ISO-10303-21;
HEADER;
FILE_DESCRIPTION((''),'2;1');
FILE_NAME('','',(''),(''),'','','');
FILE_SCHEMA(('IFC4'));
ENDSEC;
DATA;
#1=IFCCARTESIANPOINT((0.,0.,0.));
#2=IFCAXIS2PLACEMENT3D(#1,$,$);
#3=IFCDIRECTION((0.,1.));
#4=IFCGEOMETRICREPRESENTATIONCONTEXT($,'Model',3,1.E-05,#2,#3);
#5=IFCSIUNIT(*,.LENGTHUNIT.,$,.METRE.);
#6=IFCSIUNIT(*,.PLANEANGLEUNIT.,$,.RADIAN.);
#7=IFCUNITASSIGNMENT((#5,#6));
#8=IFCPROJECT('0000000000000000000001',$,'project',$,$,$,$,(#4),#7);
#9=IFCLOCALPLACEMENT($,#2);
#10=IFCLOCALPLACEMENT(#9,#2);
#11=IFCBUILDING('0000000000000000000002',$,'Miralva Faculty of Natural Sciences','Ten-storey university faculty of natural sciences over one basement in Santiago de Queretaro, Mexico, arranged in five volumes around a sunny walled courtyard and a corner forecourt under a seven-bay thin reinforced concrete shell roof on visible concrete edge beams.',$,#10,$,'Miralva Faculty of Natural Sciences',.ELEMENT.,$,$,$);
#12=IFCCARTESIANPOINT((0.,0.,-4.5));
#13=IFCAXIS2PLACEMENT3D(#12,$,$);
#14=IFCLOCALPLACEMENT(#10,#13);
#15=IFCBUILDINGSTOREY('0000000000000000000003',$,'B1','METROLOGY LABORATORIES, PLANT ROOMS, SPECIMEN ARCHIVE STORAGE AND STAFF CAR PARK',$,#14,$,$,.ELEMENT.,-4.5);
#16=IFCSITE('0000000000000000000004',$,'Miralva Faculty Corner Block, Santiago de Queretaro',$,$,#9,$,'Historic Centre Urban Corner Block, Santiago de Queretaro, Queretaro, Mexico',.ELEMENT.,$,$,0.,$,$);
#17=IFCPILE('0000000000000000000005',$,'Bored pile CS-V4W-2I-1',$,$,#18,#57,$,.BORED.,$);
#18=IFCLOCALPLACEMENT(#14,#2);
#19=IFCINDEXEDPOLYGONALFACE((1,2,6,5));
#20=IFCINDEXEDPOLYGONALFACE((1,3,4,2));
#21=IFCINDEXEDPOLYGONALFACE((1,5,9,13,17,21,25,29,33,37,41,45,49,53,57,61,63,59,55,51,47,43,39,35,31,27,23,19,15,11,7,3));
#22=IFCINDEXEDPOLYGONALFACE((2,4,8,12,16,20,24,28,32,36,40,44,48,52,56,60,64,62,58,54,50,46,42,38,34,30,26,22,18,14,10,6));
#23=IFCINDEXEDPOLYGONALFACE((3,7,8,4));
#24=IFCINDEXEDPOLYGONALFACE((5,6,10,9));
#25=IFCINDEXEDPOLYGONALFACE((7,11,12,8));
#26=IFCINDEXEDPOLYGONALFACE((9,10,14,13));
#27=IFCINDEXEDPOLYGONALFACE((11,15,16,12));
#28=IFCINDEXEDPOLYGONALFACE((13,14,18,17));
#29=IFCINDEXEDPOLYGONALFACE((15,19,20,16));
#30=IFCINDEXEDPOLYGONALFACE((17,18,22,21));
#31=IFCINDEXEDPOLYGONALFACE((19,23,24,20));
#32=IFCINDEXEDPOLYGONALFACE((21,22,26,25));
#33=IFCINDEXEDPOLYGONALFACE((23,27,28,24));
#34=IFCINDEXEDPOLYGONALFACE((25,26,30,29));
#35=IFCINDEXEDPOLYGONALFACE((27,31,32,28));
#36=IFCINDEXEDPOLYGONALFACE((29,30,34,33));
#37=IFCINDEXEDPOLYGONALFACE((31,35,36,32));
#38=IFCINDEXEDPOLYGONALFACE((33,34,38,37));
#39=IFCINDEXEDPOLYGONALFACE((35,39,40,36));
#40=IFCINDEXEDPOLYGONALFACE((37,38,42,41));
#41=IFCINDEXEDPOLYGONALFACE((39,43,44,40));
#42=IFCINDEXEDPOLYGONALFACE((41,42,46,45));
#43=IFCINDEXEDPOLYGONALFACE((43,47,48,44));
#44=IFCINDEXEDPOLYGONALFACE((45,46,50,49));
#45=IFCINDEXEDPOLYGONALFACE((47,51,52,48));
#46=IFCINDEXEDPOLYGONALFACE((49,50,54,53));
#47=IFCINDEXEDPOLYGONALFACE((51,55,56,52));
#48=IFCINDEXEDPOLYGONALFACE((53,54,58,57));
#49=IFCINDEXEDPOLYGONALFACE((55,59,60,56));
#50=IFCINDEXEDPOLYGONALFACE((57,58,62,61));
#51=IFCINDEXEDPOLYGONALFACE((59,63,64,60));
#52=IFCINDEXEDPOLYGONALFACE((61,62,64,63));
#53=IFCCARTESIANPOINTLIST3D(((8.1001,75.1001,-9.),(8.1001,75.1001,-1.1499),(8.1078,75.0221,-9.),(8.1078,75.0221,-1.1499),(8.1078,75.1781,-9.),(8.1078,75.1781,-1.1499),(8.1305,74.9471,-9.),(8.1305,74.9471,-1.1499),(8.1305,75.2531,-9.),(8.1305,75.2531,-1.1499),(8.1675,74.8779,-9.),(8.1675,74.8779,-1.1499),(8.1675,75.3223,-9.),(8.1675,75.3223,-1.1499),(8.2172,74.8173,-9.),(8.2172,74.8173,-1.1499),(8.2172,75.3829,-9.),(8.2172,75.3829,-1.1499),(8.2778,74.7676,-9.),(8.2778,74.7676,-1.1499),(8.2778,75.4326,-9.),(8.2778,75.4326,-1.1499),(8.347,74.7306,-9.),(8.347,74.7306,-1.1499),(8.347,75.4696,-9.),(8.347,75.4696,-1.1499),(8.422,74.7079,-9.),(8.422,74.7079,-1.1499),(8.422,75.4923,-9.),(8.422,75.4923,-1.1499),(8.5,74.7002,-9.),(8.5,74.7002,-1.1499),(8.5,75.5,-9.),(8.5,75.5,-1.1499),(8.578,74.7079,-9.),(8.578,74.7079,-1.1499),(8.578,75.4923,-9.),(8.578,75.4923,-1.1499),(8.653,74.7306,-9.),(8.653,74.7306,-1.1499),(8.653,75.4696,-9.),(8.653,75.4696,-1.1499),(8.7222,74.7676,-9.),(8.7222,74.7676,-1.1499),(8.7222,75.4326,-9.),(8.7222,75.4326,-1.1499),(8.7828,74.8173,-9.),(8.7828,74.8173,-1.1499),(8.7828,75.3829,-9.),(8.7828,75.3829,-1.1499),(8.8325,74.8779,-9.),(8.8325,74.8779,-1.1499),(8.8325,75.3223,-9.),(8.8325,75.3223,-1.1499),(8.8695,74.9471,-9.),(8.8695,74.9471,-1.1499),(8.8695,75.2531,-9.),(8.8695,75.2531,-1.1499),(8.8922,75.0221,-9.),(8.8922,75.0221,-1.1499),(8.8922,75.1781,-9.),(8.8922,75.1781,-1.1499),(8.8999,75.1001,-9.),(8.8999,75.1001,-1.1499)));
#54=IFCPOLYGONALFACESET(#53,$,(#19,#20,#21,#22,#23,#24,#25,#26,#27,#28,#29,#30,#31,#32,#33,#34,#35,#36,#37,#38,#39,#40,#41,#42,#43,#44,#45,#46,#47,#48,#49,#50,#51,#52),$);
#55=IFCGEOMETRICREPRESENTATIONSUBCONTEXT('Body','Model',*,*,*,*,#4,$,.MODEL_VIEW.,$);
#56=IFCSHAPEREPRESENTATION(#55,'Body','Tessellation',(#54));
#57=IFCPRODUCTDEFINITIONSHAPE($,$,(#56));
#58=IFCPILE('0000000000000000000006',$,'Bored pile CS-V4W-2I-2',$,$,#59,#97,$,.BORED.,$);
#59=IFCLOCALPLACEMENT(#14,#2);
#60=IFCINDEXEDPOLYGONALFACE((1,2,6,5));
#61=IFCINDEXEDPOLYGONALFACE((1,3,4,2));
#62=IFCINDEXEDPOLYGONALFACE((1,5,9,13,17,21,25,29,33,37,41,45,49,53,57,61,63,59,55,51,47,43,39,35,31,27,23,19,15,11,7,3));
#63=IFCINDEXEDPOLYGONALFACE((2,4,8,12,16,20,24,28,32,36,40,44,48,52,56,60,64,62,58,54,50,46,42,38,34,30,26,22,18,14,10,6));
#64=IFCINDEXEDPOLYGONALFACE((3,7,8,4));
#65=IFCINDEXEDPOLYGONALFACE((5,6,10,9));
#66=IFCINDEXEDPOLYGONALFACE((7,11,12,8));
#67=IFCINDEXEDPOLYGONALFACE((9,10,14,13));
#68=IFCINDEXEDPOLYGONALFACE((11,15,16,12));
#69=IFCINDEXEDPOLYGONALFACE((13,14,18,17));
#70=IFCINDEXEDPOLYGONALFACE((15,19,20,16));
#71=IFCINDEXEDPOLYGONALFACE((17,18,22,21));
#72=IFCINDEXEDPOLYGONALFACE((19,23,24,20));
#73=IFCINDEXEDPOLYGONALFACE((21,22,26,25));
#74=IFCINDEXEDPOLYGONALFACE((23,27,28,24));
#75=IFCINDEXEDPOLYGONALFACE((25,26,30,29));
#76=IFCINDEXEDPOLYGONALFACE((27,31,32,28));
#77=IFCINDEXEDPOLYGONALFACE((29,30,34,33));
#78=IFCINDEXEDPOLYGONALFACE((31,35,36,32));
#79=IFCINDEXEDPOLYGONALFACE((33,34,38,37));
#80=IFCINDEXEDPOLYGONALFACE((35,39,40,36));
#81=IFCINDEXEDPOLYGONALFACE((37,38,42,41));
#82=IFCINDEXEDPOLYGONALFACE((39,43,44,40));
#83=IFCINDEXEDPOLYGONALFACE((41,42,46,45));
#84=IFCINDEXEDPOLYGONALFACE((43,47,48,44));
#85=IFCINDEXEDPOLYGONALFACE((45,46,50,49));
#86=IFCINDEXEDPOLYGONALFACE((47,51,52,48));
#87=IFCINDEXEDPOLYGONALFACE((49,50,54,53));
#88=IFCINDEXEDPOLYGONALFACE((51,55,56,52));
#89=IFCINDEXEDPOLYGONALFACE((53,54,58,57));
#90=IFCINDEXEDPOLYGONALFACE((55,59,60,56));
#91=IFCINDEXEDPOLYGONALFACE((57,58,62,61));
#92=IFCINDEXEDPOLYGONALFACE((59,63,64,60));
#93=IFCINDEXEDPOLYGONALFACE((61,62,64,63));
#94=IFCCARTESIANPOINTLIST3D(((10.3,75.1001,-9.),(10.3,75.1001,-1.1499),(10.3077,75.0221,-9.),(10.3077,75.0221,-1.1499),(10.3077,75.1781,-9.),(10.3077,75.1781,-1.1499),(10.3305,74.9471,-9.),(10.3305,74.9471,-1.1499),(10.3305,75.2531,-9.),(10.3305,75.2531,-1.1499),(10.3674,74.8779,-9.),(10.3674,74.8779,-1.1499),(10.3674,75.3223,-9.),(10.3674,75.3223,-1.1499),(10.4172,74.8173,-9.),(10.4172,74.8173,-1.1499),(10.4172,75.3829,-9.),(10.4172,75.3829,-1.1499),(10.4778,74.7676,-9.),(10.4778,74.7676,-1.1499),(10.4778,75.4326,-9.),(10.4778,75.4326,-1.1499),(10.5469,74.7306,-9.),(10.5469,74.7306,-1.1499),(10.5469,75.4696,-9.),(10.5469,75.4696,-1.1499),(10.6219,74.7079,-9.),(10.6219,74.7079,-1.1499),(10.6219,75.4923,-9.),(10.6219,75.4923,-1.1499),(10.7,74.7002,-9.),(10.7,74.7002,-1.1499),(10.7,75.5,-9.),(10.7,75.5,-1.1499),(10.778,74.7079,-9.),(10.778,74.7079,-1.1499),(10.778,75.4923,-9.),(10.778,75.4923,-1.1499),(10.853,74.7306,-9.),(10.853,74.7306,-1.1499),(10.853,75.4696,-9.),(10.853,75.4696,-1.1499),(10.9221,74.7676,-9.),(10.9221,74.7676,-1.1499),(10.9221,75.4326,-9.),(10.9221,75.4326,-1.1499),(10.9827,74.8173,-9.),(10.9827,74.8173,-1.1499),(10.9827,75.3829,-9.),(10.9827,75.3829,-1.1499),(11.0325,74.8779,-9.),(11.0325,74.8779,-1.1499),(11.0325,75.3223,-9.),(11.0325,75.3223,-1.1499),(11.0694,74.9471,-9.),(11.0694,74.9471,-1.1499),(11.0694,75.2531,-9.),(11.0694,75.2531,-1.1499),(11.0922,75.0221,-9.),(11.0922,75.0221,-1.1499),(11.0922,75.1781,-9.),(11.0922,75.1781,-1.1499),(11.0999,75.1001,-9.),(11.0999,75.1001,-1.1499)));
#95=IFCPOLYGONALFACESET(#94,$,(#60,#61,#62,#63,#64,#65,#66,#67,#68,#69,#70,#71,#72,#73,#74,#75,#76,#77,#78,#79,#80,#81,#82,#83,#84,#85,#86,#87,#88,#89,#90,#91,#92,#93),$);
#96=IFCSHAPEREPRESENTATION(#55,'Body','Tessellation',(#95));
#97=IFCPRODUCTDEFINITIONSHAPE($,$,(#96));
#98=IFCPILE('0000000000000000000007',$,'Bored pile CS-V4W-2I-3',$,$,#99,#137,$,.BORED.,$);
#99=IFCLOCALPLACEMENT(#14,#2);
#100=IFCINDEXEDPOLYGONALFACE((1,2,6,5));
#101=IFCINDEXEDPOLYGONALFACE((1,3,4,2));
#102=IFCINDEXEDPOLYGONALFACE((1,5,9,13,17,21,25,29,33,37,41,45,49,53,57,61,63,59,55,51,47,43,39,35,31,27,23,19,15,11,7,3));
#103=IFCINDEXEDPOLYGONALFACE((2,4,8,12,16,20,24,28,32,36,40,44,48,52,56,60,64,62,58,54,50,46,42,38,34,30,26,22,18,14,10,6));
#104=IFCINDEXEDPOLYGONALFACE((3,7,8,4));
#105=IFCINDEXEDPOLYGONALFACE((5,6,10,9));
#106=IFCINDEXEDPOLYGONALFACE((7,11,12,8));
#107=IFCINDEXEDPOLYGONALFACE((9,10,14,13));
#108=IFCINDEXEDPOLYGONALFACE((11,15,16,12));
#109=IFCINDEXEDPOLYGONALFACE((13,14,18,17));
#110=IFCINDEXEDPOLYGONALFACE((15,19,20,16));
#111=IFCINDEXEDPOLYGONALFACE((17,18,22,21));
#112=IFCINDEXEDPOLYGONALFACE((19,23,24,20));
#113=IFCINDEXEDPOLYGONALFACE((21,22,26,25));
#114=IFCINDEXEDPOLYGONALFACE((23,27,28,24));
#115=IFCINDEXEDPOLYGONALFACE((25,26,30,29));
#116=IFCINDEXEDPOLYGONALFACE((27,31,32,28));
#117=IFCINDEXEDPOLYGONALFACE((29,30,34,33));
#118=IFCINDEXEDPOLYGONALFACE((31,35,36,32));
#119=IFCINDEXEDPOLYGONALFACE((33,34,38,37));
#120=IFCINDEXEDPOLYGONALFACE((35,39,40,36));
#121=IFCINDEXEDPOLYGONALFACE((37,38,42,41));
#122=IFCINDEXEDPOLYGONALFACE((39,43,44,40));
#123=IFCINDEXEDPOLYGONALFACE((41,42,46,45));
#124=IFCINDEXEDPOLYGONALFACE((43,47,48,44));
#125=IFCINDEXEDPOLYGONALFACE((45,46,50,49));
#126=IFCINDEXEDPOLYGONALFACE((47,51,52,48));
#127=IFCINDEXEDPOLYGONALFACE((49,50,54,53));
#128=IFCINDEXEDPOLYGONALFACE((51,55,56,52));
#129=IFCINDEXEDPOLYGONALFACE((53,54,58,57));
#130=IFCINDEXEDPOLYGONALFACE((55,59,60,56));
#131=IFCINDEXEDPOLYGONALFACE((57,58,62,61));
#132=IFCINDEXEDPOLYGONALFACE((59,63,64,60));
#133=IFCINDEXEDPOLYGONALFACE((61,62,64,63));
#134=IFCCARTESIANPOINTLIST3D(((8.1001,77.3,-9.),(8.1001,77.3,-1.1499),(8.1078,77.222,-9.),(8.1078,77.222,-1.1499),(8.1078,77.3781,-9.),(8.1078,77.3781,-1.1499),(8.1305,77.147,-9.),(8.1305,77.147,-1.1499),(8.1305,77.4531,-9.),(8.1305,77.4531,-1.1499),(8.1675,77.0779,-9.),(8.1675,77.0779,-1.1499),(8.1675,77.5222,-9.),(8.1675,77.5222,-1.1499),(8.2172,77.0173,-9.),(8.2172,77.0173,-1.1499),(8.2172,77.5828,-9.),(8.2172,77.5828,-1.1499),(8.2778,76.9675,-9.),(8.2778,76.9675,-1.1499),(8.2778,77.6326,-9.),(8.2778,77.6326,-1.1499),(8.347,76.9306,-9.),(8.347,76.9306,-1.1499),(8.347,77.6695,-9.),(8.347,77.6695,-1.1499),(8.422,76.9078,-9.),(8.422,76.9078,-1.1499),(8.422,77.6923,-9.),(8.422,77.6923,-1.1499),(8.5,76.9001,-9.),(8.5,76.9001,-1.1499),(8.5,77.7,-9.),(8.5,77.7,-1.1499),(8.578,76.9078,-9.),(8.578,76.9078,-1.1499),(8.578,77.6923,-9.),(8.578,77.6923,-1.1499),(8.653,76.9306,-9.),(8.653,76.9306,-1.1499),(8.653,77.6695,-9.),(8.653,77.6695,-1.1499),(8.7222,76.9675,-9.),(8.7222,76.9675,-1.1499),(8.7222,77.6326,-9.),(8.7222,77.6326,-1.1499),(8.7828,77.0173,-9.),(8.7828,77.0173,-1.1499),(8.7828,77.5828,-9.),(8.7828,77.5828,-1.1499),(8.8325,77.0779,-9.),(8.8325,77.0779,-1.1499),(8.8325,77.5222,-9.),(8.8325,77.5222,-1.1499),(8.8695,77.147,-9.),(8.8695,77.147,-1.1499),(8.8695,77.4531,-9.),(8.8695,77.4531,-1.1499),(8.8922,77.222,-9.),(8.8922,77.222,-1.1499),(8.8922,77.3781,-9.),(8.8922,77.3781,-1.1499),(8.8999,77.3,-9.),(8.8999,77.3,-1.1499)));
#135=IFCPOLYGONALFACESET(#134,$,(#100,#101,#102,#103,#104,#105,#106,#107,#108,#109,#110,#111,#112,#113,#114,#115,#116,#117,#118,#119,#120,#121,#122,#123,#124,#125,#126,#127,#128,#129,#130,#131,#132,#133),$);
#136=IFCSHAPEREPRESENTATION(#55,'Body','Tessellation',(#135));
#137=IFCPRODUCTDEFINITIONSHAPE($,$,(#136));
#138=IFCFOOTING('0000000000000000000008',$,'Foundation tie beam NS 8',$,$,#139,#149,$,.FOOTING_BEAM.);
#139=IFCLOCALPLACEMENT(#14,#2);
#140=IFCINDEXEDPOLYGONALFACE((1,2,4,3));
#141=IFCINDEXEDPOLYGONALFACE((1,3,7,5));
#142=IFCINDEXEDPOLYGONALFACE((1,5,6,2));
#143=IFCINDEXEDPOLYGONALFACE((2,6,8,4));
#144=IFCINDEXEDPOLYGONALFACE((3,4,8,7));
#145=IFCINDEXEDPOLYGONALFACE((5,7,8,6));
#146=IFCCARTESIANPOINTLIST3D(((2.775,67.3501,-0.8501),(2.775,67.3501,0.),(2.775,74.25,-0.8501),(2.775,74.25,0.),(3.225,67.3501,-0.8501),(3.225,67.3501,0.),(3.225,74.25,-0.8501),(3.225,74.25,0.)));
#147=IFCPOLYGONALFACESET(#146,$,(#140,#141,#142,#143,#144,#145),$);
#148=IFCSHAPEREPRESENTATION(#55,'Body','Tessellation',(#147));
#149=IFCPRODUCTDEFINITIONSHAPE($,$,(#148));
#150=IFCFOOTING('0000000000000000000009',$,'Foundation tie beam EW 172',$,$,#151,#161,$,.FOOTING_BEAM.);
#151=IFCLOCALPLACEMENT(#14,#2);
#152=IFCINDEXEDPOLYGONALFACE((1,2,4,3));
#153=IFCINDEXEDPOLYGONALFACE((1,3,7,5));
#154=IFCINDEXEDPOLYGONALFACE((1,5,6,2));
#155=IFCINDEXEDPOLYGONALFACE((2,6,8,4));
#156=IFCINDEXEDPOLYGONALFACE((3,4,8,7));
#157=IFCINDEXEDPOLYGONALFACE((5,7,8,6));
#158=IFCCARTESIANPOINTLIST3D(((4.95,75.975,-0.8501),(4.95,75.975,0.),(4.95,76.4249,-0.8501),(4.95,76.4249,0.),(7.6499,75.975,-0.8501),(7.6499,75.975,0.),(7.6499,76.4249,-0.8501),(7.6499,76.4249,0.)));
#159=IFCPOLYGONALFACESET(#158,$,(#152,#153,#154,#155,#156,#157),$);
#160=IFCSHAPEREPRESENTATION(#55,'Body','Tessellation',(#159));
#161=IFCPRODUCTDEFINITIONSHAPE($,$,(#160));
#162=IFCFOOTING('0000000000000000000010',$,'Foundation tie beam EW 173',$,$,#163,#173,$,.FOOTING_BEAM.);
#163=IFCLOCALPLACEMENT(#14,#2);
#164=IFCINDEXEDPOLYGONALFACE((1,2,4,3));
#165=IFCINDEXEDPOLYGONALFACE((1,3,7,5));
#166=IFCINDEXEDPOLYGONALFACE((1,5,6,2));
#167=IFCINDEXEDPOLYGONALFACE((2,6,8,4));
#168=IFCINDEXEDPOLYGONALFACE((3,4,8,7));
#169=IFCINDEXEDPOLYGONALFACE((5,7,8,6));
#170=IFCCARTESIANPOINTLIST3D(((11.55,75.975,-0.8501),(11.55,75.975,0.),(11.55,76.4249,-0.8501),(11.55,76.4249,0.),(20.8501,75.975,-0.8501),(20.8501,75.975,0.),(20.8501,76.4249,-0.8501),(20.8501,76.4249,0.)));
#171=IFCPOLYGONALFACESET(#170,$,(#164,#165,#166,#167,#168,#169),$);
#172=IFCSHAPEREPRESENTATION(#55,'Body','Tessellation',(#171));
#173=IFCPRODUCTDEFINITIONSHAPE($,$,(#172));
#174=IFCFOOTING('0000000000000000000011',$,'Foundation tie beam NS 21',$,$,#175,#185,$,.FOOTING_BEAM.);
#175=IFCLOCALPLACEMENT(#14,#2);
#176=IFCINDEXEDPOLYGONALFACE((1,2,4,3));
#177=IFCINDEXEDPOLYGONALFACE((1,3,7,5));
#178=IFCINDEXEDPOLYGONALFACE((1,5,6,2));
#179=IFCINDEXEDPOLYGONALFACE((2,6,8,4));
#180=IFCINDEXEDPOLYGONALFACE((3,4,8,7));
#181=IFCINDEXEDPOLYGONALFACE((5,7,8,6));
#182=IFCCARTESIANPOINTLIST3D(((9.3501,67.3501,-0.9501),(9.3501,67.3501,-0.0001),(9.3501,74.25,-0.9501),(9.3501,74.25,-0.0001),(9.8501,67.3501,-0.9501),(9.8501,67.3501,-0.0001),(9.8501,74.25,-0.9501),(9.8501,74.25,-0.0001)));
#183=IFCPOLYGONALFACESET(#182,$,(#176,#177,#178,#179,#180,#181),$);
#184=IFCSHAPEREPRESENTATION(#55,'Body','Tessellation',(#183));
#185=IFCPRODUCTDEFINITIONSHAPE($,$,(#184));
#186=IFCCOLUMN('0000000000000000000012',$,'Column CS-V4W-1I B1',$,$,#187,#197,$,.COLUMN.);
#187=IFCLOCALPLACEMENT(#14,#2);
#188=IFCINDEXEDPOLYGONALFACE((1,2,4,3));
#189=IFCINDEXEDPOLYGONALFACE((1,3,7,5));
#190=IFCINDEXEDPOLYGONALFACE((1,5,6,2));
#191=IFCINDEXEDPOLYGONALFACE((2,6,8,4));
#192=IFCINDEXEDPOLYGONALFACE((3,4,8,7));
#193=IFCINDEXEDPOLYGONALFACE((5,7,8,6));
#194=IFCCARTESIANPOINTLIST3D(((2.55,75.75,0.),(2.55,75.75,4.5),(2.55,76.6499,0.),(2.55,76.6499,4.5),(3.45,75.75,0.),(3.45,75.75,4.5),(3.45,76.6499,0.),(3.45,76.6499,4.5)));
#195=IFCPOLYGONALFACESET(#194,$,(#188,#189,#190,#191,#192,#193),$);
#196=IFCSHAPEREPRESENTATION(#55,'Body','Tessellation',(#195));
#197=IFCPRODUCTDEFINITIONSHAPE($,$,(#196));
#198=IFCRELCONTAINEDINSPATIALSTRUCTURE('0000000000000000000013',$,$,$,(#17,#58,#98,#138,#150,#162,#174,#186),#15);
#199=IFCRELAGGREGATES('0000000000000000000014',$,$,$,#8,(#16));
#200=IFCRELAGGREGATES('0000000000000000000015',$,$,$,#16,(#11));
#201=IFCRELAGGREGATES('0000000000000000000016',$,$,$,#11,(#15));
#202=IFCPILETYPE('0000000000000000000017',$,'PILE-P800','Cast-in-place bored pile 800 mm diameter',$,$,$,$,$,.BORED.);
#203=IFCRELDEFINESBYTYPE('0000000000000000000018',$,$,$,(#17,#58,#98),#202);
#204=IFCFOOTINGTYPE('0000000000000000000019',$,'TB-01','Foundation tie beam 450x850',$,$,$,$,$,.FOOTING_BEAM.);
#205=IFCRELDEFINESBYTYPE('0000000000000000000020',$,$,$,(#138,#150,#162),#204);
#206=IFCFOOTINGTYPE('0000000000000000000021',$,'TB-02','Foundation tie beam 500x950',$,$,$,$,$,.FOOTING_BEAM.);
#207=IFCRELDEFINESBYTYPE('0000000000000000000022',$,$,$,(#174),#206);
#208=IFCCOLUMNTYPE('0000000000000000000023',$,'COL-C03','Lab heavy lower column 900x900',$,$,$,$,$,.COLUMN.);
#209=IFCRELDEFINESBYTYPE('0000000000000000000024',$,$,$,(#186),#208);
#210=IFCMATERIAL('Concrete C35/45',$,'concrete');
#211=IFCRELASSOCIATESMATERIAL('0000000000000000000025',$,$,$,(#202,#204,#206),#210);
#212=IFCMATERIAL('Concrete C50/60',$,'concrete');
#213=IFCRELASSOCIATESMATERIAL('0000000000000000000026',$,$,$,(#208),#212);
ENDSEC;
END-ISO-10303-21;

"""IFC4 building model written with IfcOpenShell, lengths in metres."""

from ifc_helpers import new_model, si_unit, direction, frame, origin, origin_2d, place, context, subcontext, project, spatial, rectangle, circle, extrude, material, material_profile, profile_set, type_object, element, save


model = new_model("IFC4")

# Units and contexts
model_context = context("Model", 3, precision=1e-05, world=origin(), true_north=direction((0.0, 1.0)))
body_context = subcontext(model_context, "Body", "Model", "MODEL_VIEW")
ifc_project = project(units=[si_unit("LENGTHUNIT", "METRE"), si_unit("PLANEANGLEUNIT", "RADIAN")], contexts=[model_context])

# Site, building, storey
site_placement = place(None, origin())
site = spatial("IfcSite", under=ifc_project, at=site_placement, Name="Miralva Faculty Corner Block, Santiago de Queretaro", LongName="Historic Centre Urban Corner Block, Santiago de Queretaro, Queretaro, Mexico", CompositionType="ELEMENT", RefElevation=0.0)
building_placement = place(site_placement, origin())
building = spatial("IfcBuilding", under=site, at=building_placement, Name="Miralva Faculty of Natural Sciences", Description="Ten-storey university faculty of natural sciences over one basement in Santiago de Queretaro, Mexico, arranged in five volumes around a sunny walled courtyard and a corner forecourt under a seven-bay thin reinforced concrete shell roof on visible concrete edge beams.", LongName="Miralva Faculty of Natural Sciences", CompositionType="ELEMENT")
storey_placement = place(building_placement, frame((0.0, 0.0, -4.5)))
storey = spatial("IfcBuildingStorey", under=building, at=storey_placement, Name="B1", Description="METROLOGY LABORATORIES, PLANT ROOMS, SPECIMEN ARCHIVE STORAGE AND STAFF CAR PARK", CompositionType="ELEMENT", Elevation=-4.5)

# Shared definitions
ifc_material_1 = material(Name="Concrete C35/45", Category="concrete")

# Piles
ifc_material_profile_1 = material_profile(ifc_material_1, circle(Radius=0.3999, at=origin_2d()), Name="BORED PILE 800")
ifc_profile_set_1 = profile_set([ifc_material_profile_1], Name="Concrete C35/45")
pile_type = type_object("IfcPileType", Name="PILE-P800", Description="Cast-in-place bored pile 800 mm diameter", PredefinedType="BORED", material=ifc_profile_set_1)
for number, where, z_axis, x_axis, name in (
    (1, (8.5, 75.1001, -1.1499), (0.0, 0.0, -1.0), (1.0, 0.0, 0.0), "Bored pile CS-V4W-2I-1"),
    (2, (10.7, 75.1001, -1.1499), (0.0, 0.0, -1.0), (1.0, 0.0, 0.0), "Bored pile CS-V4W-2I-2"),
    (3, (8.5, 77.3, -1.1499), (0.0, 0.0, -1.0), (1.0, 0.0, 0.0), "Bored pile CS-V4W-2I-3"),
):
    element("IfcPile", number, at=place(storey_placement, frame(where, z_axis=z_axis, x_axis=x_axis)), inside=storey, type_object=pile_type, Name=name, PredefinedType="BORED", context=body_context, shape_type="SweptSolid", body=[
        extrude(circle(Radius=0.3999, at=origin_2d()), origin(), (0.0, 0.0, 1.0), 7.8501),
    ])

# Footings
ifc_material_profile_2 = material_profile(ifc_material_1, rectangle(XDim=0.45, YDim=0.8501, at=origin_2d()), Name="RC 450x850")
ifc_profile_set_2 = profile_set([ifc_material_profile_2], Name="Concrete C35/45")
footing_type_1 = type_object("IfcFootingType", Name="TB-01", Description="Foundation tie beam 450x850", PredefinedType="FOOTING_BEAM", material=ifc_profile_set_2)
footing_1_placement = place(storey_placement, frame((3.0, 67.3501, -0.425), z_axis=(0.0, 1.0, 0.0), x_axis=(-1.0, 0.0, 0.0)))
element("IfcFooting", 4, at=footing_1_placement, inside=storey, type_object=footing_type_1, Name="Foundation tie beam NS 8", PredefinedType="FOOTING_BEAM", context=body_context, shape_type="SweptSolid", body=[
    extrude(rectangle(XDim=0.45, YDim=0.8501, at=origin_2d()), origin(), (0.0, 0.0, 1.0), 6.8999),
])
footing_2_placement = place(storey_placement, frame((4.95, 76.2, -0.425), z_axis=(1.0, 0.0, 0.0), x_axis=(0.0, 1.0, 0.0)))
element("IfcFooting", 5, at=footing_2_placement, inside=storey, type_object=footing_type_1, Name="Foundation tie beam EW 172", PredefinedType="FOOTING_BEAM", context=body_context, shape_type="SweptSolid", body=[
    extrude(rectangle(XDim=0.45, YDim=0.8501, at=origin_2d()), origin(), (0.0, 0.0, 1.0), 2.7),
])
footing_3_placement = place(storey_placement, frame((11.55, 76.2, -0.425), z_axis=(1.0, 0.0, 0.0), x_axis=(0.0, 1.0, 0.0)))
element("IfcFooting", 6, at=footing_3_placement, inside=storey, type_object=footing_type_1, Name="Foundation tie beam EW 173", PredefinedType="FOOTING_BEAM", context=body_context, shape_type="SweptSolid", body=[
    extrude(rectangle(XDim=0.45, YDim=0.8501, at=origin_2d()), origin(), (0.0, 0.0, 1.0), 9.3),
])
ifc_material_profile_3 = material_profile(ifc_material_1, rectangle(XDim=0.5, YDim=0.95, at=origin_2d()), Name="RC 500x950")
ifc_profile_set_3 = profile_set([ifc_material_profile_3], Name="Concrete C35/45")
footing_type_2 = type_object("IfcFootingType", Name="TB-02", Description="Foundation tie beam 500x950", PredefinedType="FOOTING_BEAM", material=ifc_profile_set_3)
footing_4_placement = place(storey_placement, frame((9.6001, 67.3501, -0.4751), z_axis=(0.0, 1.0, 0.0), x_axis=(-1.0, 0.0, 0.0)))
element("IfcFooting", 7, at=footing_4_placement, inside=storey, type_object=footing_type_2, Name="Foundation tie beam NS 21", PredefinedType="FOOTING_BEAM", context=body_context, shape_type="SweptSolid", body=[
    extrude(rectangle(XDim=0.5, YDim=0.95, at=origin_2d()), origin(), (0.0, 0.0, 1.0), 6.8999),
])

# Column
ifc_material_2 = material(Name="Concrete C50/60", Category="concrete")
ifc_material_profile_4 = material_profile(ifc_material_2, rectangle(XDim=0.8999, YDim=0.8999, at=origin_2d()), Name="RC 900x900")
ifc_profile_set_4 = profile_set([ifc_material_profile_4], Name="Concrete C50/60")
column_type = type_object("IfcColumnType", Name="COL-C03", Description="Lab heavy lower column 900x900", PredefinedType="COLUMN", material=ifc_profile_set_4)
for number, where, z_axis, x_axis, name in (
    (8, (3.0, 76.2, 0.0), (0.0, 0.0, 1.0), (1.0, 0.0, 0.0), "Column CS-V4W-1I B1"),
):
    element("IfcColumn", number, at=place(storey_placement, frame(where, z_axis=z_axis, x_axis=x_axis)), inside=storey, type_object=column_type, Name=name, PredefinedType="COLUMN", context=body_context, shape_type="SweptSolid", body=[
        extrude(rectangle(XDim=0.8999, YDim=0.8999, at=origin_2d()), origin(), (0.0, 0.0, 1.0), 4.5),
    ])

save(model, "model.ifc")
